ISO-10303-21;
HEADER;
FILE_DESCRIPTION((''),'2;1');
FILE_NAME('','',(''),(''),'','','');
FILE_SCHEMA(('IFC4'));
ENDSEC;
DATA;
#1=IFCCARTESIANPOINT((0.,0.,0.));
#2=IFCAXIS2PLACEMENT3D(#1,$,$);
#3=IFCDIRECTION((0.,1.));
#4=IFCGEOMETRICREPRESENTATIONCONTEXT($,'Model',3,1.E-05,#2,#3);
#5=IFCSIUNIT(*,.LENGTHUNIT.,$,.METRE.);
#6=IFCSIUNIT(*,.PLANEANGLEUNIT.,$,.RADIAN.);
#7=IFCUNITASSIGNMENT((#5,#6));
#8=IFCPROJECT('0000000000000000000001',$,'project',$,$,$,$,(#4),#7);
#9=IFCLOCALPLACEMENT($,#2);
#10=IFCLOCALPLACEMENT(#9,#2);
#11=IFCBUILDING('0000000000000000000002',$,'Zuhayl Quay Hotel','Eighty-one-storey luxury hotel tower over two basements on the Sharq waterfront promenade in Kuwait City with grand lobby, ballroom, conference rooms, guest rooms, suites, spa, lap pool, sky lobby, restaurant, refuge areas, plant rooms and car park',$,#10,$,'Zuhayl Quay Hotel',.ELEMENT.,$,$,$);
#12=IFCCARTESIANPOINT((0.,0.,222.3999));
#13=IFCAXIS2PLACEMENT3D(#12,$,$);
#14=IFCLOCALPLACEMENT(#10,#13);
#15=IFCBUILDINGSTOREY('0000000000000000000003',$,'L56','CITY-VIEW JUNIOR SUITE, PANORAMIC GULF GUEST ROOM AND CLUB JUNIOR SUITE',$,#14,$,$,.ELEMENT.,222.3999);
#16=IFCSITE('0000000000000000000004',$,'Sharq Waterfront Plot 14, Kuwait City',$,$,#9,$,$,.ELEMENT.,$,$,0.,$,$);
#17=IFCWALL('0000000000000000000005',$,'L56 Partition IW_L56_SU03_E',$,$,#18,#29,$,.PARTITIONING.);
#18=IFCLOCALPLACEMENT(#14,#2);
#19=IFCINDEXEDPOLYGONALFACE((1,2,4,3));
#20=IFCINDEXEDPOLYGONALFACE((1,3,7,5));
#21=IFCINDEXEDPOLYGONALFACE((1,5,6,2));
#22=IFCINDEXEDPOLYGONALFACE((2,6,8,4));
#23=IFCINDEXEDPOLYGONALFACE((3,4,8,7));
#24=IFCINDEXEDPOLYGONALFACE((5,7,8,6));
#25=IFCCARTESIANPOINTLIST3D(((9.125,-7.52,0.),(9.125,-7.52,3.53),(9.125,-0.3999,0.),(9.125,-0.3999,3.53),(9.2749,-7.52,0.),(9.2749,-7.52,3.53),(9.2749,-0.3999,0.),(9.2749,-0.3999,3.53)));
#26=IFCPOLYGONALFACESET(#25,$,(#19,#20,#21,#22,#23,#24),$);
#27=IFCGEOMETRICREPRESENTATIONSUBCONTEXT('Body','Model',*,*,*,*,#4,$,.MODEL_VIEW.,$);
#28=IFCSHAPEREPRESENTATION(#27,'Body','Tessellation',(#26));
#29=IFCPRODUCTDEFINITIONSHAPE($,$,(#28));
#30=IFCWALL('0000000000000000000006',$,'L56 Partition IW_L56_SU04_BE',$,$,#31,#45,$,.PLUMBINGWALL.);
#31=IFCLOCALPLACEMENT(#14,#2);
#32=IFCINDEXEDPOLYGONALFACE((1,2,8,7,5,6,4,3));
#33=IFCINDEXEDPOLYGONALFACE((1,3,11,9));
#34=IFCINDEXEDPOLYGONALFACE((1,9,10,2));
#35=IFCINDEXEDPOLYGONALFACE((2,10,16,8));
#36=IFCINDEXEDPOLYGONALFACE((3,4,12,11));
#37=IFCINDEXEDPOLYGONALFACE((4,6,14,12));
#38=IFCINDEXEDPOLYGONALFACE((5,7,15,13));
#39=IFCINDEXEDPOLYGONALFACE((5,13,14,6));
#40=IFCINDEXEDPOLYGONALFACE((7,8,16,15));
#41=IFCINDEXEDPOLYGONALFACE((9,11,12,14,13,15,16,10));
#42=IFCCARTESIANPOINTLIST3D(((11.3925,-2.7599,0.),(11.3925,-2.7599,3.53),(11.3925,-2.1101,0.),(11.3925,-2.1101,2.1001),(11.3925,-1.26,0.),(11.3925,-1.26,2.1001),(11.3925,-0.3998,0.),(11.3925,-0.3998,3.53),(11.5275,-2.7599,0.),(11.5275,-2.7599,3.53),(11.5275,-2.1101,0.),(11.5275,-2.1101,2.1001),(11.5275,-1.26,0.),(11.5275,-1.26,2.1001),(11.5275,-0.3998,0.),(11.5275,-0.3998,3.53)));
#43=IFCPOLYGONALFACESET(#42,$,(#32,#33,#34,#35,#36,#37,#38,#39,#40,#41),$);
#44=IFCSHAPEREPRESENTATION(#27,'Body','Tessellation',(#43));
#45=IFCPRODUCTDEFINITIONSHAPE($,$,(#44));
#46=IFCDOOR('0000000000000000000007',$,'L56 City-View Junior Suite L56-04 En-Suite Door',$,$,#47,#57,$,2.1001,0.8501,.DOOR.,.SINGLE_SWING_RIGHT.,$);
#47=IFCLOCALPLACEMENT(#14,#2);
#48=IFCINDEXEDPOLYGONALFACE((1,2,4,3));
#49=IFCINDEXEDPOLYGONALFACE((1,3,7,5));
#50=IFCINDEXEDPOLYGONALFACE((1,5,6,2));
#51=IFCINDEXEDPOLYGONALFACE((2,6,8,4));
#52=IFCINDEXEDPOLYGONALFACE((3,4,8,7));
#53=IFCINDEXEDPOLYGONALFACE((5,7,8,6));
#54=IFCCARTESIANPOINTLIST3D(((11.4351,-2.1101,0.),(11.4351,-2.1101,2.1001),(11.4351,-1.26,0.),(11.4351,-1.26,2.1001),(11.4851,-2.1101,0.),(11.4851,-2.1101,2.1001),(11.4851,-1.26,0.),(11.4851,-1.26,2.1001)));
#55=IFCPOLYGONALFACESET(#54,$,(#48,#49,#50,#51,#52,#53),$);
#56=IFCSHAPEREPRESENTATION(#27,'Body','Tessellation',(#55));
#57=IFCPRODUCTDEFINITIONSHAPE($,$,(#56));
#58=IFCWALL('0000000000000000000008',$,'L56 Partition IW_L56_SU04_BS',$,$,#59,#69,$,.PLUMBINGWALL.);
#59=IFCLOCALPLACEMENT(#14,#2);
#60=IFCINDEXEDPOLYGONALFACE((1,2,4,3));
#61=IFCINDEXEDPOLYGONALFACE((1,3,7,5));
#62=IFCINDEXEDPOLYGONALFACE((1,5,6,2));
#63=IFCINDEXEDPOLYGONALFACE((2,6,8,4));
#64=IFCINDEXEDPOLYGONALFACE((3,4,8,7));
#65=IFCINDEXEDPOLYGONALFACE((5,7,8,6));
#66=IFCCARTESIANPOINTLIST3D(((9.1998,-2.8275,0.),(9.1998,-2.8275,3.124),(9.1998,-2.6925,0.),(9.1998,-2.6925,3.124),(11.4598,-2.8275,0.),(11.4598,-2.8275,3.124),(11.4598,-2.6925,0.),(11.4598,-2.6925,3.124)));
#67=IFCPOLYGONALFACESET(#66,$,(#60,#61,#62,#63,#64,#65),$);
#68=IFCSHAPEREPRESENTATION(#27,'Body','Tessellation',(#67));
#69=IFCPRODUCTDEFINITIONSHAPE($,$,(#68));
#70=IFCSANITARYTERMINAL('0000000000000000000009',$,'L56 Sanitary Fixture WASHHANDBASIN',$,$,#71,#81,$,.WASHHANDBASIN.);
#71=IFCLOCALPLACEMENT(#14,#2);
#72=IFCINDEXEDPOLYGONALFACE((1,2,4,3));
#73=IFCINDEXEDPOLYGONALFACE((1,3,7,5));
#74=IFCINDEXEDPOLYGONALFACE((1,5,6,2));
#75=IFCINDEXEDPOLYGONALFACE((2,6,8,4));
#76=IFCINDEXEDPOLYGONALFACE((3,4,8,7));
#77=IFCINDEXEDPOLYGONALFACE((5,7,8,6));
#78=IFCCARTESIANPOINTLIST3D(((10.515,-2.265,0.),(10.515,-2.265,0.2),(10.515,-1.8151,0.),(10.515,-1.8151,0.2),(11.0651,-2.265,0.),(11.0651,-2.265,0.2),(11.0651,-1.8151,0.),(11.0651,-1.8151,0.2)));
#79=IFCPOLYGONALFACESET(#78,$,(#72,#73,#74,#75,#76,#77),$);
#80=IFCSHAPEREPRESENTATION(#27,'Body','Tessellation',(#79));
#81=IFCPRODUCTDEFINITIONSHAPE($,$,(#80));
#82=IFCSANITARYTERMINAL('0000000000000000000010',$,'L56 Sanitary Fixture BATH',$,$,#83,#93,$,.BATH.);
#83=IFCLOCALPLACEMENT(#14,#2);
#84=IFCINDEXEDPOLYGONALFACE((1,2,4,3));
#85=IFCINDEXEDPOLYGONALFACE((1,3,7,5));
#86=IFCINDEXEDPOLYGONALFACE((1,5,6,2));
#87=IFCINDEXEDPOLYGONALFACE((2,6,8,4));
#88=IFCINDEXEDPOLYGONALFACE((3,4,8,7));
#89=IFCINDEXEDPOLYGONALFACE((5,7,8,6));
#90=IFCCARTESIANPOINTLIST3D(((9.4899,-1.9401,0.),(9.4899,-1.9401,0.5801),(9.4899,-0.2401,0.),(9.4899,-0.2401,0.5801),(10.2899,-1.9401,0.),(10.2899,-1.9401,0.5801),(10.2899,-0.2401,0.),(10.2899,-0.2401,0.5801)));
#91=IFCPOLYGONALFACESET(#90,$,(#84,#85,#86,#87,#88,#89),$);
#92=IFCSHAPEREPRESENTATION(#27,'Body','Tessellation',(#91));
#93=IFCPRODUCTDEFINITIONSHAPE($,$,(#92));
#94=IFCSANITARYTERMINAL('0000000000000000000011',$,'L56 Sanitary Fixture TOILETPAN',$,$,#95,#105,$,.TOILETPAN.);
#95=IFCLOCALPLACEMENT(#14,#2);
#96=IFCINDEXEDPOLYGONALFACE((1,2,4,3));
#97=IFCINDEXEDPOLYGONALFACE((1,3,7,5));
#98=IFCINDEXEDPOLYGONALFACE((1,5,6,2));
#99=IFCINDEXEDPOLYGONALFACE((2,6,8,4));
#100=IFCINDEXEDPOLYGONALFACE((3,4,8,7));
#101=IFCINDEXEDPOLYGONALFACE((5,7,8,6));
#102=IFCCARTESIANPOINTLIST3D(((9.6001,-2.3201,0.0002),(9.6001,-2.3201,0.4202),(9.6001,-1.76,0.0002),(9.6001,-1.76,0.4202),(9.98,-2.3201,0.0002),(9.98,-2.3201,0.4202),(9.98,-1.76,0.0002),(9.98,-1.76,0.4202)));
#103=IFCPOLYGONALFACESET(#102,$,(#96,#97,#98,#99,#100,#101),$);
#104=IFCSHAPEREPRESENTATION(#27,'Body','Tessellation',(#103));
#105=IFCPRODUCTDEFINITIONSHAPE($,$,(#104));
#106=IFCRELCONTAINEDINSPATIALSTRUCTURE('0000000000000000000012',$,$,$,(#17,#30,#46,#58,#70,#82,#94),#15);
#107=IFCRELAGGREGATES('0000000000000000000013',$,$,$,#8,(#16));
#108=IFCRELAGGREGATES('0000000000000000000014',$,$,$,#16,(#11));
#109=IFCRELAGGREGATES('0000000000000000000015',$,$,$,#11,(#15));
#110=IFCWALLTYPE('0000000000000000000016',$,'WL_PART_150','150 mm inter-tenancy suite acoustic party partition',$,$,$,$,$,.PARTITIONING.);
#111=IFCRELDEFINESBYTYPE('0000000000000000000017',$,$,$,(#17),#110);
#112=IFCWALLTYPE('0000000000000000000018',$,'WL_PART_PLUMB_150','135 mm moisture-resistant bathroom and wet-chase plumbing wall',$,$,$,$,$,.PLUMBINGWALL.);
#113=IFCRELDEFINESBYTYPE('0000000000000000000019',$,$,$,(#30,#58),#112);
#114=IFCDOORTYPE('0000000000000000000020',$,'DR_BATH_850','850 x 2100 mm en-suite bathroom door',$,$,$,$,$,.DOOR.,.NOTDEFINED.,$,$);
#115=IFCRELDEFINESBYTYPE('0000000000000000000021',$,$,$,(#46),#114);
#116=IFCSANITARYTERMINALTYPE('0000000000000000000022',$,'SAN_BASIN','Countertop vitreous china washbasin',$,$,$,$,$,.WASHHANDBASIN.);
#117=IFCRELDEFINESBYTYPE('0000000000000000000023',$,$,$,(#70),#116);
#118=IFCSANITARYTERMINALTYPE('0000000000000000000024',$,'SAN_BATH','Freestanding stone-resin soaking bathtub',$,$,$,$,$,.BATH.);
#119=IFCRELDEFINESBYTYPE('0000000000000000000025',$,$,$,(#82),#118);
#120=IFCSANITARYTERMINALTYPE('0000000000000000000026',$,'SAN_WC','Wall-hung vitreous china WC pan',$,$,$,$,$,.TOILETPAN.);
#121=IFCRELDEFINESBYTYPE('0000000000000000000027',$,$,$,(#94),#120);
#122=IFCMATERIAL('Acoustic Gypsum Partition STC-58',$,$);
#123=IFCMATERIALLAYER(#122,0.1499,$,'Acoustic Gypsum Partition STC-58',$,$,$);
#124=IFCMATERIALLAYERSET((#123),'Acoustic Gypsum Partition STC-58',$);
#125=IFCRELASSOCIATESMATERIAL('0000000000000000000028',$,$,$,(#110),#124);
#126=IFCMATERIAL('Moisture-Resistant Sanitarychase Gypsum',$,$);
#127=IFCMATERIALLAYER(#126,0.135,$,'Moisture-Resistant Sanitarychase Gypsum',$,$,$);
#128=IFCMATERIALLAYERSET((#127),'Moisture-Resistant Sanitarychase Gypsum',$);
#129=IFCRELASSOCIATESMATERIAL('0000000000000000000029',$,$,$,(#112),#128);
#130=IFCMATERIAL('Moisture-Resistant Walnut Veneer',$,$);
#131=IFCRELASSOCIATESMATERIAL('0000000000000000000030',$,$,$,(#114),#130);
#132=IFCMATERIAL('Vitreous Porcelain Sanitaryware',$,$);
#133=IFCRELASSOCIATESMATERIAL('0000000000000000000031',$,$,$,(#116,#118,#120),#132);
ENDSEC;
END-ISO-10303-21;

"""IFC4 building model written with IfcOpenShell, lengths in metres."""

from ifc_helpers import new_model, si_unit, direction, frame, frame_2d, origin, origin_2d, place, context, subcontext, project, spatial, rectangle, extrude, material, layer, layer_set, type_object, element, fill, save


model = new_model("IFC4")

# Units and contexts
model_context = context("Model", 3, precision=1e-05, world=origin(), true_north=direction((0.0, 1.0)))
body_context = subcontext(model_context, "Body", "Model", "MODEL_VIEW")
ifc_project = project(units=[si_unit("LENGTHUNIT", "METRE"), si_unit("PLANEANGLEUNIT", "RADIAN")], contexts=[model_context])

# Site, building, storey
site_placement = place(None, origin())
site = spatial("IfcSite", under=ifc_project, at=site_placement, Name="Sharq Waterfront Plot 14, Kuwait City", CompositionType="ELEMENT", RefElevation=0.0)
building_placement = place(site_placement, origin())
building = spatial("IfcBuilding", under=site, at=building_placement, Name="Zuhayl Quay Hotel", Description="Eighty-one-storey luxury hotel tower over two basements on the Sharq waterfront promenade in Kuwait City with grand lobby, ballroom, conference rooms, guest rooms, suites, spa, lap pool, sky lobby, restaurant, refuge areas, plant rooms and car park", LongName="Zuhayl Quay Hotel", CompositionType="ELEMENT")
storey_placement = place(building_placement, frame((0.0, 0.0, 222.3999)))
storey = spatial("IfcBuildingStorey", under=building, at=storey_placement, Name="L56", Description="CITY-VIEW JUNIOR SUITE, PANORAMIC GULF GUEST ROOM AND CLUB JUNIOR SUITE", CompositionType="ELEMENT", Elevation=222.3999)

# Wall
ifc_material_1 = material(Name="Acoustic Gypsum Partition STC-58")
ifc_layer_1 = layer(ifc_material_1, 0.1499, Name="Acoustic Gypsum Partition STC-58")
ifc_layer_set_1 = layer_set([ifc_layer_1], Name="Acoustic Gypsum Partition STC-58")
wall_type_1 = type_object("IfcWallType", Name="WL_PART_150", Description="150 mm inter-tenancy suite acoustic party partition", PredefinedType="PARTITIONING", material=ifc_layer_set_1)
wall_1_placement = place(storey_placement, frame((9.2, -7.52, 0.0), z_axis=(0.0, 0.0, 1.0), x_axis=(0.0, 1.0, 0.0)))
element("IfcWall", 1, at=wall_1_placement, inside=storey, type_object=wall_type_1, Name="L56 Partition IW_L56_SU03_E", PredefinedType="PARTITIONING", context=body_context, shape_type="SweptSolid", body=[
    extrude(rectangle(XDim=7.1201, YDim=0.1499, at=frame_2d((3.5601, 0.0))), origin(), (0.0, 0.0, 1.0), 3.53),
])

# Wall, opening, door
ifc_material_2 = material(Name="Moisture-Resistant Sanitarychase Gypsum")
ifc_layer_2 = layer(ifc_material_2, 0.135, Name="Moisture-Resistant Sanitarychase Gypsum")
ifc_layer_set_2 = layer_set([ifc_layer_2], Name="Moisture-Resistant Sanitarychase Gypsum")
wall_type_2 = type_object("IfcWallType", Name="WL_PART_PLUMB_150", Description="135 mm moisture-resistant bathroom and wet-chase plumbing wall", PredefinedType="PLUMBINGWALL", material=ifc_layer_set_2)
wall_2_placement = place(storey_placement, frame((11.46, -2.76, 0.0), z_axis=(0.0, 0.0, 1.0), x_axis=(0.0, 1.0, 0.0)))
wall_2 = element("IfcWall", 2, at=wall_2_placement, inside=storey, type_object=wall_type_2, Name="L56 Partition IW_L56_SU04_BE", PredefinedType="PLUMBINGWALL", context=body_context, shape_type="SweptSolid", body=[
    extrude(rectangle(XDim=2.3601, YDim=0.135, at=frame_2d((1.1802, 0.0))), origin(), (0.0, 0.0, 1.0), 3.53),
])
opening_1_placement = place(wall_2_placement, frame((0.6499, 0.0, 0.0)))
opening_1 = element("IfcOpeningElement", 3, at=opening_1_placement, cuts=wall_2, PredefinedType="OPENING", context=body_context, shape_type="SweptSolid", body=[
    extrude(rectangle(XDim=0.8501, YDim=2.1001, at=frame_2d((0.425, 1.05))), frame((0.0, 0.0774, 0.0), z_axis=(0.0, -1.0, 0.0), x_axis=(1.0, 0.0, 0.0)), (0.0, 0.0, 1.0), 0.155),
])
ifc_material_3 = material(Name="Moisture-Resistant Walnut Veneer")
door_type = type_object("IfcDoorType", Name="DR_BATH_850", Description="850 x 2100 mm en-suite bathroom door", OperationType="NOTDEFINED", PredefinedType="DOOR", material=ifc_material_3)
door_placement = place(opening_1_placement, origin())
door = element("IfcDoor", 4, at=door_placement, inside=storey, type_object=door_type, Name="L56 City-View Junior Suite L56-04 En-Suite Door", OperationType="SINGLE_SWING_RIGHT", OverallHeight=2.1001, OverallWidth=0.8501, PredefinedType="DOOR", context=body_context, shape_type="SweptSolid", body=[
    extrude(rectangle(XDim=0.8501, YDim=2.1001, at=frame_2d((0.425, 1.05))), frame((0.0, 0.0249, 0.0), z_axis=(0.0, -1.0, 0.0), x_axis=(1.0, 0.0, 0.0)), (0.0, 0.0, 1.0), 0.05),
])
fill(opening_1, door)

# Wall
wall_3_placement = place(storey_placement, frame((9.2, -2.76, 0.0), z_axis=(0.0, 0.0, 1.0), x_axis=(1.0, 0.0, 0.0)))
element("IfcWall", 5, at=wall_3_placement, inside=storey, type_object=wall_type_2, Name="L56 Partition IW_L56_SU04_BS", PredefinedType="PLUMBINGWALL", context=body_context, shape_type="SweptSolid", body=[
    extrude(rectangle(XDim=2.26, YDim=0.135, at=frame_2d((1.1299, 0.0))), origin(), (0.0, 0.0, 1.0), 3.124),
])

# Sanitary terminals
ifc_material_4 = material(Name="Vitreous Porcelain Sanitaryware")
sanitary_terminal_type_1 = type_object("IfcSanitaryTerminalType", Name="SAN_BASIN", Description="Countertop vitreous china washbasin", PredefinedType="WASHHANDBASIN", material=ifc_material_4)
sanitary_terminal_1_placement = place(storey_placement, frame((10.79, -2.04, 0.0), z_axis=(0.0, 0.0, 1.0), x_axis=(1.0, 0.0, 0.0)))
element("IfcSanitaryTerminal", 6, at=sanitary_terminal_1_placement, inside=storey, type_object=sanitary_terminal_type_1, Name="L56 Sanitary Fixture WASHHANDBASIN", PredefinedType="WASHHANDBASIN", context=body_context, shape_type="SweptSolid", body=[
    extrude(rectangle(XDim=0.55, YDim=0.45, at=origin_2d()), origin(), (0.0, 0.0, 1.0), 0.2),
])
sanitary_terminal_type_2 = type_object("IfcSanitaryTerminalType", Name="SAN_BATH", Description="Freestanding stone-resin soaking bathtub", PredefinedType="BATH", material=ifc_material_4)
sanitary_terminal_2_placement = place(storey_placement, frame((9.8899, -1.0901, 0.0), z_axis=(0.0, 0.0, 1.0), x_axis=(1.0, 0.0, 0.0)))
element("IfcSanitaryTerminal", 7, at=sanitary_terminal_2_placement, inside=storey, type_object=sanitary_terminal_type_2, Name="L56 Sanitary Fixture BATH", PredefinedType="BATH", context=body_context, shape_type="SweptSolid", body=[
    extrude(rectangle(XDim=0.8, YDim=1.7, at=origin_2d()), origin(), (0.0, 0.0, 1.0), 0.5801),
])
sanitary_terminal_type_3 = type_object("IfcSanitaryTerminalType", Name="SAN_WC", Description="Wall-hung vitreous china WC pan", PredefinedType="TOILETPAN", material=ifc_material_4)
sanitary_terminal_3_placement = place(storey_placement, frame((9.79, -2.04, 0.0002), z_axis=(0.0, 0.0, 1.0), x_axis=(1.0, 0.0, 0.0)))
element("IfcSanitaryTerminal", 8, at=sanitary_terminal_3_placement, inside=storey, type_object=sanitary_terminal_type_3, Name="L56 Sanitary Fixture TOILETPAN", PredefinedType="TOILETPAN", context=body_context, shape_type="SweptSolid", body=[
    extrude(rectangle(XDim=0.3799, YDim=0.5601, at=origin_2d()), origin(), (0.0, 0.0, 1.0), 0.4199),
])

save(model, "model.ifc")
